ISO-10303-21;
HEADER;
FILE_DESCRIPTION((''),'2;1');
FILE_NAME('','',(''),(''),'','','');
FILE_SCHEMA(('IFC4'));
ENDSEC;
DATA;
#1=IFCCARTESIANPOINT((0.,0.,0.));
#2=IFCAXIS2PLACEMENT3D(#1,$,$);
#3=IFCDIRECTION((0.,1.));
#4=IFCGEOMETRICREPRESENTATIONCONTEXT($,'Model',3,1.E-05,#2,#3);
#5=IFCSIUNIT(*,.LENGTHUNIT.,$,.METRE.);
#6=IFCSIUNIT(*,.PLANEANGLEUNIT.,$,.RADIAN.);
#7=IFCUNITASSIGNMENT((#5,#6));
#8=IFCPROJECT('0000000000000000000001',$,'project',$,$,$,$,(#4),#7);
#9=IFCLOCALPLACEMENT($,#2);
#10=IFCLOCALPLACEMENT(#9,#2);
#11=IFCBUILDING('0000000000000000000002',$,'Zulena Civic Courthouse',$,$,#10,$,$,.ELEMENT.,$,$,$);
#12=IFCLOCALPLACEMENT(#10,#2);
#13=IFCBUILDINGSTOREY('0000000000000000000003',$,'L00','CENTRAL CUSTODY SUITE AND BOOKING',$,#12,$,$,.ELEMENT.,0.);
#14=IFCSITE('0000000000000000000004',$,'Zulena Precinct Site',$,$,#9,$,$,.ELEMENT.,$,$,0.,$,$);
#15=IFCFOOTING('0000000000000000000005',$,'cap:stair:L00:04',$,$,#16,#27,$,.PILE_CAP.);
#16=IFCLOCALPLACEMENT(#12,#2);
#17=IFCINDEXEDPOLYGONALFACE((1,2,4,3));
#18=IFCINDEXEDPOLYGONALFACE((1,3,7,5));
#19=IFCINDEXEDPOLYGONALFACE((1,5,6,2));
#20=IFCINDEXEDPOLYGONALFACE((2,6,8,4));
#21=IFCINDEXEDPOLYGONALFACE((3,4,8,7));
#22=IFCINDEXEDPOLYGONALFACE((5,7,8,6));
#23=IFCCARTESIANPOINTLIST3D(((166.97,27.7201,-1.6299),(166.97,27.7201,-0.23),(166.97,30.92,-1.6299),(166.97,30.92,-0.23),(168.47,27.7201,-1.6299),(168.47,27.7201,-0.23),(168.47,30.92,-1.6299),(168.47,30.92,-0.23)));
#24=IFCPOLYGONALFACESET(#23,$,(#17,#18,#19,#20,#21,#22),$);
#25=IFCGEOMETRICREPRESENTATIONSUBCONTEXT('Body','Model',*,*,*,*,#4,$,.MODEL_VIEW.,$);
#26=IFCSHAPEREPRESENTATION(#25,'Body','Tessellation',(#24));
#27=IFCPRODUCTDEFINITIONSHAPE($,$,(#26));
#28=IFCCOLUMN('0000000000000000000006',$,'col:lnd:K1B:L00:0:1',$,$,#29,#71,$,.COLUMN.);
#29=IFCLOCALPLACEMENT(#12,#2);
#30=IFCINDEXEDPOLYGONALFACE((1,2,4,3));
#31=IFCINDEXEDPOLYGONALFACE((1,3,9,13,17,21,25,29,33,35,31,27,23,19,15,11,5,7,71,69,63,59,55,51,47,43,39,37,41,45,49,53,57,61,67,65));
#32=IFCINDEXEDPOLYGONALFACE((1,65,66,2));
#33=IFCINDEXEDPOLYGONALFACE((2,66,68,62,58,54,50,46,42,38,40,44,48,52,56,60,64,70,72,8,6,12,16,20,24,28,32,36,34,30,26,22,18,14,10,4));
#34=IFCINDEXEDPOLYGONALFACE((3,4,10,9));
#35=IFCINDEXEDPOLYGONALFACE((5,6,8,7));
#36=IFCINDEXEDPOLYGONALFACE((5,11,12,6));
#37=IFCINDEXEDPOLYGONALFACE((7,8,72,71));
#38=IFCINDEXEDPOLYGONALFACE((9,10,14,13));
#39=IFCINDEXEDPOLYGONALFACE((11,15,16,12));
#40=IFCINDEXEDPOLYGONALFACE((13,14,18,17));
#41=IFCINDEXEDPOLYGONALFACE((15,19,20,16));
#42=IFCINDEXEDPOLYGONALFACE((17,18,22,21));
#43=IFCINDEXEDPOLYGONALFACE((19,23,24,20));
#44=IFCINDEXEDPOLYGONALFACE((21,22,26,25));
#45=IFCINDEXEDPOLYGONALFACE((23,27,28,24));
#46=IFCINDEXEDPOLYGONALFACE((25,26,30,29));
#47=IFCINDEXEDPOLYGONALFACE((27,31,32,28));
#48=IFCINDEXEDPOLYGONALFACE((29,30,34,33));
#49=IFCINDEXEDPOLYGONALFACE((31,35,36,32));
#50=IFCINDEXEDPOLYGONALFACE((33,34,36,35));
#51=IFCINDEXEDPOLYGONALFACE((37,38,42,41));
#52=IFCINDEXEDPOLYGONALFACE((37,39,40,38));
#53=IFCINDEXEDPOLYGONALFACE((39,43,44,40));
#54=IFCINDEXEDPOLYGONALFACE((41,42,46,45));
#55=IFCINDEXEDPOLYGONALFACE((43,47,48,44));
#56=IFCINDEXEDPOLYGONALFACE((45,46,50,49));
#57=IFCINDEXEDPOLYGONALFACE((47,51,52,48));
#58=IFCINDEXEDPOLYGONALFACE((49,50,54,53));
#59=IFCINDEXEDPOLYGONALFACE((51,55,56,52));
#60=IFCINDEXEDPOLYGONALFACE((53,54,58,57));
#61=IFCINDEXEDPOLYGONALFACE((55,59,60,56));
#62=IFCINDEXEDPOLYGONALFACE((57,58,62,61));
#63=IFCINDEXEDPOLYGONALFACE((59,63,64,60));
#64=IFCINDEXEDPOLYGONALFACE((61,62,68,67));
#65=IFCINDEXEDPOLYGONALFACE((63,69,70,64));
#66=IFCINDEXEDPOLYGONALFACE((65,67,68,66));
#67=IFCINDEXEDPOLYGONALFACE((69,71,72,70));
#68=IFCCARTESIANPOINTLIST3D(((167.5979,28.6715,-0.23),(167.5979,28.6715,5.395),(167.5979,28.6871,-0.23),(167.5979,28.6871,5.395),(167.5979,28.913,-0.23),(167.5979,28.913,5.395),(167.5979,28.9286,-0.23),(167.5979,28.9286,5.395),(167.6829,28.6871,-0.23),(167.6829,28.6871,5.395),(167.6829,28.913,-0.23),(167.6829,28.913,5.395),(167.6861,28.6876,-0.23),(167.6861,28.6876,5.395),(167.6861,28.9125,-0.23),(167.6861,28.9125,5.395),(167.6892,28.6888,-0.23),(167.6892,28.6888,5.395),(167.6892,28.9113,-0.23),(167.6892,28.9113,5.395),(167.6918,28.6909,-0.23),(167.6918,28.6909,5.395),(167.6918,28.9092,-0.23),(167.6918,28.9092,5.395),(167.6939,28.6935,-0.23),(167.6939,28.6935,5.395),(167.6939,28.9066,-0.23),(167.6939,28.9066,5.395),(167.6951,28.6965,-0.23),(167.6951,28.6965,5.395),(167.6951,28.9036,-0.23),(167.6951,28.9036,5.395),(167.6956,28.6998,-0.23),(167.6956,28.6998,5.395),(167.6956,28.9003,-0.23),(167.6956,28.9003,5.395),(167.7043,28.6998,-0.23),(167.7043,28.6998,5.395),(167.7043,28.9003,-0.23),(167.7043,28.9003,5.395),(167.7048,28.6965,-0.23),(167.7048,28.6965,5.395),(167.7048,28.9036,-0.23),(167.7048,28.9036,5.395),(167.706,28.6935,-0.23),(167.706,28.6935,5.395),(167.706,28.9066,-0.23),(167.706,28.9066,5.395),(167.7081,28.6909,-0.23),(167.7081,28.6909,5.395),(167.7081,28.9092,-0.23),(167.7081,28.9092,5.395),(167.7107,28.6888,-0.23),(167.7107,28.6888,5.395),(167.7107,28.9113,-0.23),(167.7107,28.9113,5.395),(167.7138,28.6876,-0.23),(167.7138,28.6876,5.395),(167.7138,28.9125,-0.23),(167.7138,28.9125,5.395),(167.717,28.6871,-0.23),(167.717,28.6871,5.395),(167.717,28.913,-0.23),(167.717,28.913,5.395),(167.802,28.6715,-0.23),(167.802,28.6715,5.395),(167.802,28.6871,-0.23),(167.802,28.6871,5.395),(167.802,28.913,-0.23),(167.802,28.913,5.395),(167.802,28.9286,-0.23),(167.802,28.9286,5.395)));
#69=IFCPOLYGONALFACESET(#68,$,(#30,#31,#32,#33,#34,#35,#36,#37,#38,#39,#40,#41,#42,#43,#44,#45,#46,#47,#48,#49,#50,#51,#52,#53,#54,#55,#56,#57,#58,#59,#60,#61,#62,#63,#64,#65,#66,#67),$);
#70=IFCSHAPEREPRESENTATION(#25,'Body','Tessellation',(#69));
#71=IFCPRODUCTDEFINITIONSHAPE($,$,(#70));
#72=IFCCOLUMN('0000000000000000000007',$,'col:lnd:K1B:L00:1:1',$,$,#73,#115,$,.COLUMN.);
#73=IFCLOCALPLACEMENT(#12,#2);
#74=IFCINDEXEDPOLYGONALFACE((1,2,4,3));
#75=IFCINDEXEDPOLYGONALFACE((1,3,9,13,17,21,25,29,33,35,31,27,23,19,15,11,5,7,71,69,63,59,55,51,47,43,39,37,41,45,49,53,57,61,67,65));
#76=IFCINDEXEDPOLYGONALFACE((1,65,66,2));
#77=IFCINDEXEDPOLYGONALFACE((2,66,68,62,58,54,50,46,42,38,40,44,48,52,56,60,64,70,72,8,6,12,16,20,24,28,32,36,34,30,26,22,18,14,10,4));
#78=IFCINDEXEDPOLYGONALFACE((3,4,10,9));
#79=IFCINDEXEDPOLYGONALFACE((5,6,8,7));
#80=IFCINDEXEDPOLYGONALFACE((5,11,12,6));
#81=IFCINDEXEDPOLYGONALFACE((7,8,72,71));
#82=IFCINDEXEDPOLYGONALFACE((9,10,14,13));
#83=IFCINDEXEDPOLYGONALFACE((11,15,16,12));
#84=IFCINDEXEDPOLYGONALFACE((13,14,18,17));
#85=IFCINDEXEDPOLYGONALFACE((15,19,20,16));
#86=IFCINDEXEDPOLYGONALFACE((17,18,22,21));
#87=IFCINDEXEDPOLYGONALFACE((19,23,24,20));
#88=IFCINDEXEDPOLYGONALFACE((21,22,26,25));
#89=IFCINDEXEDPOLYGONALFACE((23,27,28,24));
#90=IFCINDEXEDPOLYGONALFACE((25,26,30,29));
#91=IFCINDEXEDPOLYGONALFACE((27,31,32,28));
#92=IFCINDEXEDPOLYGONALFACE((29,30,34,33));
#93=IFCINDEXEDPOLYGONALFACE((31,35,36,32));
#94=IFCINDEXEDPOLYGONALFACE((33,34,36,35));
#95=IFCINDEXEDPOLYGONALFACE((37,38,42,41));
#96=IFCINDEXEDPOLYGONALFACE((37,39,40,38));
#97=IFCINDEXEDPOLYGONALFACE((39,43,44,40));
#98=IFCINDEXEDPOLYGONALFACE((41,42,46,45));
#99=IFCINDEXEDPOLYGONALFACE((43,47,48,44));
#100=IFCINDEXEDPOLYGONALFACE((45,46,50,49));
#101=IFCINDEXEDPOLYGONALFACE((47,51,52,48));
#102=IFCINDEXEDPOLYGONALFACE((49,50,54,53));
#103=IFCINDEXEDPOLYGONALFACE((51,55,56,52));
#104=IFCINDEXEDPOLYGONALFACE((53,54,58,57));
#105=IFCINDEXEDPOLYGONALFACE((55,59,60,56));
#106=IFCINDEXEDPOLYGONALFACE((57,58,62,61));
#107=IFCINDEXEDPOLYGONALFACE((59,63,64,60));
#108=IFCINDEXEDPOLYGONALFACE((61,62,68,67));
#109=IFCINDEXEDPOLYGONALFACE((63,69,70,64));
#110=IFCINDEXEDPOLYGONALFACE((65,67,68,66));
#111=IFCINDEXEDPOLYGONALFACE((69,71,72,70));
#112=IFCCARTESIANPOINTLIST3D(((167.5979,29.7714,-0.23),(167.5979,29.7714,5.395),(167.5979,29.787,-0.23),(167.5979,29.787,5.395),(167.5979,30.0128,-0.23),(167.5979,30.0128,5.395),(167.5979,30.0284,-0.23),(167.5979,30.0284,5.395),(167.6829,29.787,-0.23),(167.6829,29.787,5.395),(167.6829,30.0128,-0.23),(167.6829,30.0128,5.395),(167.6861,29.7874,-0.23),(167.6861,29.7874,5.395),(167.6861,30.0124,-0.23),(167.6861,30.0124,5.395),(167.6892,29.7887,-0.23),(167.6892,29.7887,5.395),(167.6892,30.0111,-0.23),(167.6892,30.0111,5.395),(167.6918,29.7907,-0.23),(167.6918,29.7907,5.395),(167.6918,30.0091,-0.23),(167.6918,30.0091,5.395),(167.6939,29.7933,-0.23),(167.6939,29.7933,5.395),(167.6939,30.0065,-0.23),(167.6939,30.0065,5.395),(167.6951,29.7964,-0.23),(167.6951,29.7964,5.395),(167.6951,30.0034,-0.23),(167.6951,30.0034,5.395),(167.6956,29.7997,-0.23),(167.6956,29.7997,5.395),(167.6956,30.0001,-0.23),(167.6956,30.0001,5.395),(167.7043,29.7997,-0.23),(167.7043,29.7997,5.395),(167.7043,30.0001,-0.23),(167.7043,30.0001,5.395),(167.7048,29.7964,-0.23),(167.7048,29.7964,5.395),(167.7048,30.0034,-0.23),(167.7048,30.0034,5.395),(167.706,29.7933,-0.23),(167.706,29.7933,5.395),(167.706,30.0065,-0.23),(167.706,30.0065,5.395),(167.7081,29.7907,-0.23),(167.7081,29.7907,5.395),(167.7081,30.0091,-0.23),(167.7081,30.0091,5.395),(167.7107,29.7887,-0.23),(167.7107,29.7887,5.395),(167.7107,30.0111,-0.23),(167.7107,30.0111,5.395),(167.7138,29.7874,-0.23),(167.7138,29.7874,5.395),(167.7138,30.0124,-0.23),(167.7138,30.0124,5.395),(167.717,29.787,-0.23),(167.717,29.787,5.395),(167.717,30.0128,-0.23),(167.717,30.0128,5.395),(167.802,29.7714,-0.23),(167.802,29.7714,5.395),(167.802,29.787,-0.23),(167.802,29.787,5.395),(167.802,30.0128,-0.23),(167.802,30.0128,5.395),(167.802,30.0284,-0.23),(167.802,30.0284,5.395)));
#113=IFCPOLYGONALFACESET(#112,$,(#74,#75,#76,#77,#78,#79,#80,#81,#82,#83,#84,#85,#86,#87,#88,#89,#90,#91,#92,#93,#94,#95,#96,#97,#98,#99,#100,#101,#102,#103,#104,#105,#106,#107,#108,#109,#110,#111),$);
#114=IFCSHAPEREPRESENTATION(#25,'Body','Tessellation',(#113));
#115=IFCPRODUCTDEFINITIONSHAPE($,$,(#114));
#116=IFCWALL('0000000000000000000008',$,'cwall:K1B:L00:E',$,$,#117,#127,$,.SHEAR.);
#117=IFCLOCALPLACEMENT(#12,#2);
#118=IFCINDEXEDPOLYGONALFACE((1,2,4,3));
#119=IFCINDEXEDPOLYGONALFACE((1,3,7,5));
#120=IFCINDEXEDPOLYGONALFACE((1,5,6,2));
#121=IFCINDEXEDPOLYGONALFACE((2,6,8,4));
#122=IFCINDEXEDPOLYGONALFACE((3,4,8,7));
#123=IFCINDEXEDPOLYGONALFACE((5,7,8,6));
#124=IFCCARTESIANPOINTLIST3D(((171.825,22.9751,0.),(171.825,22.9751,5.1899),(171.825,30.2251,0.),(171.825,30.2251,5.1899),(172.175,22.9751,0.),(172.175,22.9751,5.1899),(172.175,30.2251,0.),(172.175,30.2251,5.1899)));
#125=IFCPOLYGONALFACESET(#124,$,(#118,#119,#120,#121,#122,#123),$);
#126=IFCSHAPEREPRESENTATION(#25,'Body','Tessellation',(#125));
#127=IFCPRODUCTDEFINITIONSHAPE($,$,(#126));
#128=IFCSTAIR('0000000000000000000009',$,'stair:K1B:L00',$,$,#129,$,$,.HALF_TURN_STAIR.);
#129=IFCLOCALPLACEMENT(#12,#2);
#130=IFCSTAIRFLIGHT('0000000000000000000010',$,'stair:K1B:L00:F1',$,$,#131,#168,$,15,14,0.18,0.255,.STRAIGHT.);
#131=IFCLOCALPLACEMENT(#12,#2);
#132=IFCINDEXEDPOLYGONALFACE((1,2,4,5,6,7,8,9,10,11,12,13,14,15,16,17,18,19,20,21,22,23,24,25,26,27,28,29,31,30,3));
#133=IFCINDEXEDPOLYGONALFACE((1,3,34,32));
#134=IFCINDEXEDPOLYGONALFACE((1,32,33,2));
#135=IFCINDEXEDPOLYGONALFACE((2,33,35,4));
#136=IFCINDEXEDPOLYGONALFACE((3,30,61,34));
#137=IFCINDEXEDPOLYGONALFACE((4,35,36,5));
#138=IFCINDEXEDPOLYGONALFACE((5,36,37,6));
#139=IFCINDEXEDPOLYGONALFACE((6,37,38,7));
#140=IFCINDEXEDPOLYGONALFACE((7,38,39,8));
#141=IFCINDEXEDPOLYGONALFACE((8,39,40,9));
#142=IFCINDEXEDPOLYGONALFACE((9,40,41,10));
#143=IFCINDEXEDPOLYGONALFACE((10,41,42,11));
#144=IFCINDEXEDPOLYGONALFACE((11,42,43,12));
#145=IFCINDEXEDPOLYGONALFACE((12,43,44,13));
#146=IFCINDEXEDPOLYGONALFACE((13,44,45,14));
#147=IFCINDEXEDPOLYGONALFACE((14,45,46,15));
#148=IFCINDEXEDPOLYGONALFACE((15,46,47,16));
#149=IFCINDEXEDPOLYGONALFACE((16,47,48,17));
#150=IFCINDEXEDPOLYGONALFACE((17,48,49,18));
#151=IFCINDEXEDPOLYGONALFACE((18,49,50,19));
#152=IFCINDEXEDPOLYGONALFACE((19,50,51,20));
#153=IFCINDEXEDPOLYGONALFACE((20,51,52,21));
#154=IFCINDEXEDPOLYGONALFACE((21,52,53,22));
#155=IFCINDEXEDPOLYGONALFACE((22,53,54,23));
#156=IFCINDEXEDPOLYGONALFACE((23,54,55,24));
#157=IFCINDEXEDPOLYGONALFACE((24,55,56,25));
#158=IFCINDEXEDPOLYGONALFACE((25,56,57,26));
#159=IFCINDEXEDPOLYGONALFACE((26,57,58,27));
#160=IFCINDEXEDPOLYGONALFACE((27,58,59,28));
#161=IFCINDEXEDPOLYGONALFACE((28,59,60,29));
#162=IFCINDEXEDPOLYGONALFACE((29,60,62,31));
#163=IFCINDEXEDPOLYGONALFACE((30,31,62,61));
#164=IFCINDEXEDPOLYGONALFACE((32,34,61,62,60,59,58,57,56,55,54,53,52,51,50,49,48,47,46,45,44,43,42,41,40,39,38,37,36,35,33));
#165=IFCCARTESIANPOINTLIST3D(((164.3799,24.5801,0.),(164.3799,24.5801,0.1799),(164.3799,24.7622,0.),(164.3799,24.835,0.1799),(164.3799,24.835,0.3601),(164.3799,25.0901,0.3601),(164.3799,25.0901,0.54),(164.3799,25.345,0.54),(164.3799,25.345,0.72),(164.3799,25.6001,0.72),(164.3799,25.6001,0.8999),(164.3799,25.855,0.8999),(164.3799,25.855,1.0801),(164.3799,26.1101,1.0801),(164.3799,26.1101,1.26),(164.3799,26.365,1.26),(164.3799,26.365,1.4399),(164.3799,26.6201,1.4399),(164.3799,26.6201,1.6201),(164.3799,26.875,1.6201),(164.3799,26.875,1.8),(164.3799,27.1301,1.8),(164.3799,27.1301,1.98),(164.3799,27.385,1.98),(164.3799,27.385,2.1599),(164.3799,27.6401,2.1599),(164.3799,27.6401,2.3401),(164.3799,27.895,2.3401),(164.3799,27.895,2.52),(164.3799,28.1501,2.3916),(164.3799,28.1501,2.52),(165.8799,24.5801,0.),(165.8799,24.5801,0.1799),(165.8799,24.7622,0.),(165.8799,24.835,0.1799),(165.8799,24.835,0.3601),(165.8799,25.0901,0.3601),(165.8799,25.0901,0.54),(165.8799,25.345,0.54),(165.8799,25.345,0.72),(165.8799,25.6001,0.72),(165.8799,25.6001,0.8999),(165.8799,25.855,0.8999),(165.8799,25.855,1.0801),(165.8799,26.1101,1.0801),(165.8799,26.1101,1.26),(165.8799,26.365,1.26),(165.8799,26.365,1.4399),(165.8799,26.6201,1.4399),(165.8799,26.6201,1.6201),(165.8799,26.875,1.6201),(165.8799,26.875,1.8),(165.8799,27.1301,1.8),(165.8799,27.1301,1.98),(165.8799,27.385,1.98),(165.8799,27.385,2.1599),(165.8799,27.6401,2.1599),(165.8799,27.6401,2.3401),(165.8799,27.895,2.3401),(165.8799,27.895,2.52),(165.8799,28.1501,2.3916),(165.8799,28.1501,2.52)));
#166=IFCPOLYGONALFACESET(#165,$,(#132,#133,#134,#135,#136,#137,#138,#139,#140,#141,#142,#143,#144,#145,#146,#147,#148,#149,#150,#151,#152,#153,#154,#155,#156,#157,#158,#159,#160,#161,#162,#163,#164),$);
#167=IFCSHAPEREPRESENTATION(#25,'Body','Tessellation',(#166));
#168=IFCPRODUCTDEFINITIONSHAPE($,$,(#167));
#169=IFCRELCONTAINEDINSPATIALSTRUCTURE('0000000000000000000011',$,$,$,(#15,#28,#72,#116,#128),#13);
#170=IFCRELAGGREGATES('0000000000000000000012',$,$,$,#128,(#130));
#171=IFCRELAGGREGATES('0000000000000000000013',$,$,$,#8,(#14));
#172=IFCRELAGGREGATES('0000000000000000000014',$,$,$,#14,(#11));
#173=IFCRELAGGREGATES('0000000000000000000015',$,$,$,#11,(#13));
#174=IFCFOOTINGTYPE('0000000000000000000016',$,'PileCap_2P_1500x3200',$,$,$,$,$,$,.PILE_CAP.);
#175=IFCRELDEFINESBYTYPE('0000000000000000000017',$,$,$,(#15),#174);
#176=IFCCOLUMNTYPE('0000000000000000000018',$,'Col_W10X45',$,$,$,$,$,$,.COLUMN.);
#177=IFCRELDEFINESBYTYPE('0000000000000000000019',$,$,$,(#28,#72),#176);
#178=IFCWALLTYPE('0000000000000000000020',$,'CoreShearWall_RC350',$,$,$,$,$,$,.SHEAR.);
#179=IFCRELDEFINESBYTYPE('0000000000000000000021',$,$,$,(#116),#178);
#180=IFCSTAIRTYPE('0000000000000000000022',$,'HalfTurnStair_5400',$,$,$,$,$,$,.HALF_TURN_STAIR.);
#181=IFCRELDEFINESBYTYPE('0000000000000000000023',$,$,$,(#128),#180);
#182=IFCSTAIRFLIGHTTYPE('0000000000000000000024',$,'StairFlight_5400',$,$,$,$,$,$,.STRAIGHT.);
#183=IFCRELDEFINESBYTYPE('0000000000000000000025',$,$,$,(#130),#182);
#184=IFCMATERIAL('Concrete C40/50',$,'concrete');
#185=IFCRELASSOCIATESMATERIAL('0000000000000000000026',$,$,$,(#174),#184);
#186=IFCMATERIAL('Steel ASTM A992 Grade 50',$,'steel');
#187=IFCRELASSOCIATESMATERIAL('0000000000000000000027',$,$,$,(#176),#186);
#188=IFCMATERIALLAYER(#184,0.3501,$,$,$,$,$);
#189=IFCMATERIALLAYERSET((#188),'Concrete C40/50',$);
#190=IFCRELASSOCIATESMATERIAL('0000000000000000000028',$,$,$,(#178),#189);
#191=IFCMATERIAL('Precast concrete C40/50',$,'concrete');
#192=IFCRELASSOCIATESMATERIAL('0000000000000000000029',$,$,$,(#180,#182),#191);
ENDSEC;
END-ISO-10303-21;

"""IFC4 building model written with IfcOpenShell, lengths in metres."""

from ifc_helpers import new_model, si_unit, direction, frame, frame_2d, origin, origin_2d, place, context, subcontext, project, spatial, polyline, rectangle, i_section, outline, extrude, material, layer, layer_set, material_profile, profile_set, type_object, element, aggregate, save


model = new_model("IFC4")

# Units and contexts
model_context = context("Model", 3, precision=1e-05, world=origin(), true_north=direction((0.0, 1.0)))
body_context = subcontext(model_context, "Body", "Model", "MODEL_VIEW")
ifc_project = project(units=[si_unit("LENGTHUNIT", "METRE"), si_unit("PLANEANGLEUNIT", "RADIAN")], contexts=[model_context])

# Site, building, storey
site_placement = place(None, origin())
site = spatial("IfcSite", under=ifc_project, at=site_placement, Name="Zulena Precinct Site", CompositionType="ELEMENT", RefElevation=0.0)
building_placement = place(site_placement, origin())
building = spatial("IfcBuilding", under=site, at=building_placement, Name="Zulena Civic Courthouse", CompositionType="ELEMENT")
storey_placement = place(building_placement, origin())
storey = spatial("IfcBuildingStorey", under=building, at=storey_placement, Name="L00", Description="CENTRAL CUSTODY SUITE AND BOOKING", CompositionType="ELEMENT", Elevation=0.0)

# Shared definitions
ifc_material_1 = material(Name="Concrete C40/50", Category="concrete")

# Footing
footing_type_1 = type_object("IfcFootingType", Name="PileCap_2P_1500x3200", PredefinedType="PILE_CAP", material=ifc_material_1)
footing_1_placement = place(storey_placement, frame((167.72, 29.3201, -1.6299), z_axis=(0.0, 0.0, 1.0), x_axis=(1.0, 0.0, 0.0)))
element("IfcFooting", 1, at=footing_1_placement, inside=storey, type_object=footing_type_1, Name="cap:stair:L00:04", PredefinedType="PILE_CAP", context=body_context, shape_type="SweptSolid", body=[
    extrude(rectangle(XDim=1.5, YDim=3.2, at=origin_2d()), origin(), (0.0, 0.0, 1.0), 1.3999),
])

# Columns
ifc_material_2 = material(Name="Steel ASTM A992 Grade 50", Category="steel")
ifc_material_profile_1 = material_profile(ifc_material_2, i_section(OverallWidth=0.2041, OverallDepth=0.2571, WebThickness=0.0088, FlangeThickness=0.0156, FilletRadius=0.0127, at=origin_2d()), Name="W10X45")
ifc_profile_set_1 = profile_set([ifc_material_profile_1], Name="Steel ASTM A992 Grade 50")
column_type = type_object("IfcColumnType", Name="Col_W10X45", PredefinedType="COLUMN", material=ifc_profile_set_1)
for number, where, z_axis, x_axis, name in (
    (2, (167.7, 28.8, -0.23), (0.0, 0.0, 1.0), (1.0, 0.0, 0.0), "col:lnd:K1B:L00:0:1"),
    (3, (167.7, 29.8999, -0.23), (0.0, 0.0, 1.0), (1.0, 0.0, 0.0), "col:lnd:K1B:L00:1:1"),
):
    element("IfcColumn", number, at=place(storey_placement, frame(where, z_axis=z_axis, x_axis=x_axis)), inside=storey, type_object=column_type, Name=name, PredefinedType="COLUMN", context=body_context, shape_type="SweptSolid", body=[
        extrude(i_section(OverallWidth=0.2041, OverallDepth=0.2571, WebThickness=0.0088, FlangeThickness=0.0156, FilletRadius=0.0127, at=origin_2d()), origin(), (0.0, 0.0, 1.0), 5.625),
    ])

# Wall
ifc_layer = layer(ifc_material_1, 0.3501)
ifc_layer_set = layer_set([ifc_layer], Name="Concrete C40/50")
wall_type = type_object("IfcWallType", Name="CoreShearWall_RC350", PredefinedType="SHEAR", material=ifc_layer_set)
wall_placement = place(storey_placement, frame((172.0, 22.9751, 0.0), z_axis=(0.0, 0.0, 1.0), x_axis=(0.0, 1.0, 0.0)))
element("IfcWall", 4, at=wall_placement, inside=storey, type_object=wall_type, Name="cwall:K1B:L00:E", PredefinedType="SHEAR", context=body_context, shape_type="SweptSolid", body=[
    extrude(rectangle(XDim=7.25, YDim=0.3501, at=frame_2d((3.625, 0.0))), origin(), (0.0, 0.0, 1.0), 5.1899),
])

# Stair, stair flight
ifc_material_3 = material(Name="Precast concrete C40/50", Category="concrete")
stair_type = type_object("IfcStairType", Name="HalfTurnStair_5400", PredefinedType="HALF_TURN_STAIR", material=ifc_material_3)
stair_placement = place(storey_placement, origin())
stair = element("IfcStair", 5, at=stair_placement, inside=storey, type_object=stair_type, Name="stair:K1B:L00", PredefinedType="HALF_TURN_STAIR")
stair_flight_type = type_object("IfcStairFlightType", Name="StairFlight_5400", PredefinedType="STRAIGHT", material=ifc_material_3)
stair_flight_1_placement = place(storey_placement, frame((165.1299, 24.5801, 0.0), z_axis=(0.0, 0.0, 1.0), x_axis=(0.0, 1.0, 0.0)))
stair_flight_1 = element("IfcStairFlight", 6, at=stair_flight_1_placement, type_object=stair_flight_type, Name="stair:K1B:L00:F1", NumberOfRisers=15, NumberOfTreads=14, PredefinedType="STRAIGHT", RiserHeight=0.18, TreadLength=0.255, context=body_context, shape_type="SweptSolid", body=[
    extrude(outline(polyline([(0.0, 0.0), (0.0, 0.1799), (0.2549, 0.1799), (0.2549, 0.3601), (0.51, 0.3601), (0.51, 0.54), (0.7649, 0.54), (0.7649, 0.72), (1.02, 0.72), (1.02, 0.8999), (1.2749, 0.8999), (1.2749, 1.0801), (1.53, 1.0801), (1.53, 1.26), (1.7849, 1.26), (1.7849, 1.4399), (2.04, 1.4399), (2.04, 1.6201), (2.2949, 1.6201), (2.2949, 1.8), (2.55, 1.8), (2.55, 1.98), (2.8049, 1.98), (2.8049, 2.1599), (3.0601, 2.1599), (3.0601, 2.3401), (3.3149, 2.3401), (3.3149, 2.52), (3.5701, 2.52), (3.5701, 2.7), (3.5701, 2.3916), (0.1821, 0.0), (0.0, 0.0)])), frame((0.0, 0.75, 0.0), z_axis=(0.0, -1.0, 0.0), x_axis=(1.0, 0.0, 0.0)), (0.0, 0.0, 1.0), 1.5),
])
aggregate(stair, [stair_flight_1])

save(model, "model.ifc")
